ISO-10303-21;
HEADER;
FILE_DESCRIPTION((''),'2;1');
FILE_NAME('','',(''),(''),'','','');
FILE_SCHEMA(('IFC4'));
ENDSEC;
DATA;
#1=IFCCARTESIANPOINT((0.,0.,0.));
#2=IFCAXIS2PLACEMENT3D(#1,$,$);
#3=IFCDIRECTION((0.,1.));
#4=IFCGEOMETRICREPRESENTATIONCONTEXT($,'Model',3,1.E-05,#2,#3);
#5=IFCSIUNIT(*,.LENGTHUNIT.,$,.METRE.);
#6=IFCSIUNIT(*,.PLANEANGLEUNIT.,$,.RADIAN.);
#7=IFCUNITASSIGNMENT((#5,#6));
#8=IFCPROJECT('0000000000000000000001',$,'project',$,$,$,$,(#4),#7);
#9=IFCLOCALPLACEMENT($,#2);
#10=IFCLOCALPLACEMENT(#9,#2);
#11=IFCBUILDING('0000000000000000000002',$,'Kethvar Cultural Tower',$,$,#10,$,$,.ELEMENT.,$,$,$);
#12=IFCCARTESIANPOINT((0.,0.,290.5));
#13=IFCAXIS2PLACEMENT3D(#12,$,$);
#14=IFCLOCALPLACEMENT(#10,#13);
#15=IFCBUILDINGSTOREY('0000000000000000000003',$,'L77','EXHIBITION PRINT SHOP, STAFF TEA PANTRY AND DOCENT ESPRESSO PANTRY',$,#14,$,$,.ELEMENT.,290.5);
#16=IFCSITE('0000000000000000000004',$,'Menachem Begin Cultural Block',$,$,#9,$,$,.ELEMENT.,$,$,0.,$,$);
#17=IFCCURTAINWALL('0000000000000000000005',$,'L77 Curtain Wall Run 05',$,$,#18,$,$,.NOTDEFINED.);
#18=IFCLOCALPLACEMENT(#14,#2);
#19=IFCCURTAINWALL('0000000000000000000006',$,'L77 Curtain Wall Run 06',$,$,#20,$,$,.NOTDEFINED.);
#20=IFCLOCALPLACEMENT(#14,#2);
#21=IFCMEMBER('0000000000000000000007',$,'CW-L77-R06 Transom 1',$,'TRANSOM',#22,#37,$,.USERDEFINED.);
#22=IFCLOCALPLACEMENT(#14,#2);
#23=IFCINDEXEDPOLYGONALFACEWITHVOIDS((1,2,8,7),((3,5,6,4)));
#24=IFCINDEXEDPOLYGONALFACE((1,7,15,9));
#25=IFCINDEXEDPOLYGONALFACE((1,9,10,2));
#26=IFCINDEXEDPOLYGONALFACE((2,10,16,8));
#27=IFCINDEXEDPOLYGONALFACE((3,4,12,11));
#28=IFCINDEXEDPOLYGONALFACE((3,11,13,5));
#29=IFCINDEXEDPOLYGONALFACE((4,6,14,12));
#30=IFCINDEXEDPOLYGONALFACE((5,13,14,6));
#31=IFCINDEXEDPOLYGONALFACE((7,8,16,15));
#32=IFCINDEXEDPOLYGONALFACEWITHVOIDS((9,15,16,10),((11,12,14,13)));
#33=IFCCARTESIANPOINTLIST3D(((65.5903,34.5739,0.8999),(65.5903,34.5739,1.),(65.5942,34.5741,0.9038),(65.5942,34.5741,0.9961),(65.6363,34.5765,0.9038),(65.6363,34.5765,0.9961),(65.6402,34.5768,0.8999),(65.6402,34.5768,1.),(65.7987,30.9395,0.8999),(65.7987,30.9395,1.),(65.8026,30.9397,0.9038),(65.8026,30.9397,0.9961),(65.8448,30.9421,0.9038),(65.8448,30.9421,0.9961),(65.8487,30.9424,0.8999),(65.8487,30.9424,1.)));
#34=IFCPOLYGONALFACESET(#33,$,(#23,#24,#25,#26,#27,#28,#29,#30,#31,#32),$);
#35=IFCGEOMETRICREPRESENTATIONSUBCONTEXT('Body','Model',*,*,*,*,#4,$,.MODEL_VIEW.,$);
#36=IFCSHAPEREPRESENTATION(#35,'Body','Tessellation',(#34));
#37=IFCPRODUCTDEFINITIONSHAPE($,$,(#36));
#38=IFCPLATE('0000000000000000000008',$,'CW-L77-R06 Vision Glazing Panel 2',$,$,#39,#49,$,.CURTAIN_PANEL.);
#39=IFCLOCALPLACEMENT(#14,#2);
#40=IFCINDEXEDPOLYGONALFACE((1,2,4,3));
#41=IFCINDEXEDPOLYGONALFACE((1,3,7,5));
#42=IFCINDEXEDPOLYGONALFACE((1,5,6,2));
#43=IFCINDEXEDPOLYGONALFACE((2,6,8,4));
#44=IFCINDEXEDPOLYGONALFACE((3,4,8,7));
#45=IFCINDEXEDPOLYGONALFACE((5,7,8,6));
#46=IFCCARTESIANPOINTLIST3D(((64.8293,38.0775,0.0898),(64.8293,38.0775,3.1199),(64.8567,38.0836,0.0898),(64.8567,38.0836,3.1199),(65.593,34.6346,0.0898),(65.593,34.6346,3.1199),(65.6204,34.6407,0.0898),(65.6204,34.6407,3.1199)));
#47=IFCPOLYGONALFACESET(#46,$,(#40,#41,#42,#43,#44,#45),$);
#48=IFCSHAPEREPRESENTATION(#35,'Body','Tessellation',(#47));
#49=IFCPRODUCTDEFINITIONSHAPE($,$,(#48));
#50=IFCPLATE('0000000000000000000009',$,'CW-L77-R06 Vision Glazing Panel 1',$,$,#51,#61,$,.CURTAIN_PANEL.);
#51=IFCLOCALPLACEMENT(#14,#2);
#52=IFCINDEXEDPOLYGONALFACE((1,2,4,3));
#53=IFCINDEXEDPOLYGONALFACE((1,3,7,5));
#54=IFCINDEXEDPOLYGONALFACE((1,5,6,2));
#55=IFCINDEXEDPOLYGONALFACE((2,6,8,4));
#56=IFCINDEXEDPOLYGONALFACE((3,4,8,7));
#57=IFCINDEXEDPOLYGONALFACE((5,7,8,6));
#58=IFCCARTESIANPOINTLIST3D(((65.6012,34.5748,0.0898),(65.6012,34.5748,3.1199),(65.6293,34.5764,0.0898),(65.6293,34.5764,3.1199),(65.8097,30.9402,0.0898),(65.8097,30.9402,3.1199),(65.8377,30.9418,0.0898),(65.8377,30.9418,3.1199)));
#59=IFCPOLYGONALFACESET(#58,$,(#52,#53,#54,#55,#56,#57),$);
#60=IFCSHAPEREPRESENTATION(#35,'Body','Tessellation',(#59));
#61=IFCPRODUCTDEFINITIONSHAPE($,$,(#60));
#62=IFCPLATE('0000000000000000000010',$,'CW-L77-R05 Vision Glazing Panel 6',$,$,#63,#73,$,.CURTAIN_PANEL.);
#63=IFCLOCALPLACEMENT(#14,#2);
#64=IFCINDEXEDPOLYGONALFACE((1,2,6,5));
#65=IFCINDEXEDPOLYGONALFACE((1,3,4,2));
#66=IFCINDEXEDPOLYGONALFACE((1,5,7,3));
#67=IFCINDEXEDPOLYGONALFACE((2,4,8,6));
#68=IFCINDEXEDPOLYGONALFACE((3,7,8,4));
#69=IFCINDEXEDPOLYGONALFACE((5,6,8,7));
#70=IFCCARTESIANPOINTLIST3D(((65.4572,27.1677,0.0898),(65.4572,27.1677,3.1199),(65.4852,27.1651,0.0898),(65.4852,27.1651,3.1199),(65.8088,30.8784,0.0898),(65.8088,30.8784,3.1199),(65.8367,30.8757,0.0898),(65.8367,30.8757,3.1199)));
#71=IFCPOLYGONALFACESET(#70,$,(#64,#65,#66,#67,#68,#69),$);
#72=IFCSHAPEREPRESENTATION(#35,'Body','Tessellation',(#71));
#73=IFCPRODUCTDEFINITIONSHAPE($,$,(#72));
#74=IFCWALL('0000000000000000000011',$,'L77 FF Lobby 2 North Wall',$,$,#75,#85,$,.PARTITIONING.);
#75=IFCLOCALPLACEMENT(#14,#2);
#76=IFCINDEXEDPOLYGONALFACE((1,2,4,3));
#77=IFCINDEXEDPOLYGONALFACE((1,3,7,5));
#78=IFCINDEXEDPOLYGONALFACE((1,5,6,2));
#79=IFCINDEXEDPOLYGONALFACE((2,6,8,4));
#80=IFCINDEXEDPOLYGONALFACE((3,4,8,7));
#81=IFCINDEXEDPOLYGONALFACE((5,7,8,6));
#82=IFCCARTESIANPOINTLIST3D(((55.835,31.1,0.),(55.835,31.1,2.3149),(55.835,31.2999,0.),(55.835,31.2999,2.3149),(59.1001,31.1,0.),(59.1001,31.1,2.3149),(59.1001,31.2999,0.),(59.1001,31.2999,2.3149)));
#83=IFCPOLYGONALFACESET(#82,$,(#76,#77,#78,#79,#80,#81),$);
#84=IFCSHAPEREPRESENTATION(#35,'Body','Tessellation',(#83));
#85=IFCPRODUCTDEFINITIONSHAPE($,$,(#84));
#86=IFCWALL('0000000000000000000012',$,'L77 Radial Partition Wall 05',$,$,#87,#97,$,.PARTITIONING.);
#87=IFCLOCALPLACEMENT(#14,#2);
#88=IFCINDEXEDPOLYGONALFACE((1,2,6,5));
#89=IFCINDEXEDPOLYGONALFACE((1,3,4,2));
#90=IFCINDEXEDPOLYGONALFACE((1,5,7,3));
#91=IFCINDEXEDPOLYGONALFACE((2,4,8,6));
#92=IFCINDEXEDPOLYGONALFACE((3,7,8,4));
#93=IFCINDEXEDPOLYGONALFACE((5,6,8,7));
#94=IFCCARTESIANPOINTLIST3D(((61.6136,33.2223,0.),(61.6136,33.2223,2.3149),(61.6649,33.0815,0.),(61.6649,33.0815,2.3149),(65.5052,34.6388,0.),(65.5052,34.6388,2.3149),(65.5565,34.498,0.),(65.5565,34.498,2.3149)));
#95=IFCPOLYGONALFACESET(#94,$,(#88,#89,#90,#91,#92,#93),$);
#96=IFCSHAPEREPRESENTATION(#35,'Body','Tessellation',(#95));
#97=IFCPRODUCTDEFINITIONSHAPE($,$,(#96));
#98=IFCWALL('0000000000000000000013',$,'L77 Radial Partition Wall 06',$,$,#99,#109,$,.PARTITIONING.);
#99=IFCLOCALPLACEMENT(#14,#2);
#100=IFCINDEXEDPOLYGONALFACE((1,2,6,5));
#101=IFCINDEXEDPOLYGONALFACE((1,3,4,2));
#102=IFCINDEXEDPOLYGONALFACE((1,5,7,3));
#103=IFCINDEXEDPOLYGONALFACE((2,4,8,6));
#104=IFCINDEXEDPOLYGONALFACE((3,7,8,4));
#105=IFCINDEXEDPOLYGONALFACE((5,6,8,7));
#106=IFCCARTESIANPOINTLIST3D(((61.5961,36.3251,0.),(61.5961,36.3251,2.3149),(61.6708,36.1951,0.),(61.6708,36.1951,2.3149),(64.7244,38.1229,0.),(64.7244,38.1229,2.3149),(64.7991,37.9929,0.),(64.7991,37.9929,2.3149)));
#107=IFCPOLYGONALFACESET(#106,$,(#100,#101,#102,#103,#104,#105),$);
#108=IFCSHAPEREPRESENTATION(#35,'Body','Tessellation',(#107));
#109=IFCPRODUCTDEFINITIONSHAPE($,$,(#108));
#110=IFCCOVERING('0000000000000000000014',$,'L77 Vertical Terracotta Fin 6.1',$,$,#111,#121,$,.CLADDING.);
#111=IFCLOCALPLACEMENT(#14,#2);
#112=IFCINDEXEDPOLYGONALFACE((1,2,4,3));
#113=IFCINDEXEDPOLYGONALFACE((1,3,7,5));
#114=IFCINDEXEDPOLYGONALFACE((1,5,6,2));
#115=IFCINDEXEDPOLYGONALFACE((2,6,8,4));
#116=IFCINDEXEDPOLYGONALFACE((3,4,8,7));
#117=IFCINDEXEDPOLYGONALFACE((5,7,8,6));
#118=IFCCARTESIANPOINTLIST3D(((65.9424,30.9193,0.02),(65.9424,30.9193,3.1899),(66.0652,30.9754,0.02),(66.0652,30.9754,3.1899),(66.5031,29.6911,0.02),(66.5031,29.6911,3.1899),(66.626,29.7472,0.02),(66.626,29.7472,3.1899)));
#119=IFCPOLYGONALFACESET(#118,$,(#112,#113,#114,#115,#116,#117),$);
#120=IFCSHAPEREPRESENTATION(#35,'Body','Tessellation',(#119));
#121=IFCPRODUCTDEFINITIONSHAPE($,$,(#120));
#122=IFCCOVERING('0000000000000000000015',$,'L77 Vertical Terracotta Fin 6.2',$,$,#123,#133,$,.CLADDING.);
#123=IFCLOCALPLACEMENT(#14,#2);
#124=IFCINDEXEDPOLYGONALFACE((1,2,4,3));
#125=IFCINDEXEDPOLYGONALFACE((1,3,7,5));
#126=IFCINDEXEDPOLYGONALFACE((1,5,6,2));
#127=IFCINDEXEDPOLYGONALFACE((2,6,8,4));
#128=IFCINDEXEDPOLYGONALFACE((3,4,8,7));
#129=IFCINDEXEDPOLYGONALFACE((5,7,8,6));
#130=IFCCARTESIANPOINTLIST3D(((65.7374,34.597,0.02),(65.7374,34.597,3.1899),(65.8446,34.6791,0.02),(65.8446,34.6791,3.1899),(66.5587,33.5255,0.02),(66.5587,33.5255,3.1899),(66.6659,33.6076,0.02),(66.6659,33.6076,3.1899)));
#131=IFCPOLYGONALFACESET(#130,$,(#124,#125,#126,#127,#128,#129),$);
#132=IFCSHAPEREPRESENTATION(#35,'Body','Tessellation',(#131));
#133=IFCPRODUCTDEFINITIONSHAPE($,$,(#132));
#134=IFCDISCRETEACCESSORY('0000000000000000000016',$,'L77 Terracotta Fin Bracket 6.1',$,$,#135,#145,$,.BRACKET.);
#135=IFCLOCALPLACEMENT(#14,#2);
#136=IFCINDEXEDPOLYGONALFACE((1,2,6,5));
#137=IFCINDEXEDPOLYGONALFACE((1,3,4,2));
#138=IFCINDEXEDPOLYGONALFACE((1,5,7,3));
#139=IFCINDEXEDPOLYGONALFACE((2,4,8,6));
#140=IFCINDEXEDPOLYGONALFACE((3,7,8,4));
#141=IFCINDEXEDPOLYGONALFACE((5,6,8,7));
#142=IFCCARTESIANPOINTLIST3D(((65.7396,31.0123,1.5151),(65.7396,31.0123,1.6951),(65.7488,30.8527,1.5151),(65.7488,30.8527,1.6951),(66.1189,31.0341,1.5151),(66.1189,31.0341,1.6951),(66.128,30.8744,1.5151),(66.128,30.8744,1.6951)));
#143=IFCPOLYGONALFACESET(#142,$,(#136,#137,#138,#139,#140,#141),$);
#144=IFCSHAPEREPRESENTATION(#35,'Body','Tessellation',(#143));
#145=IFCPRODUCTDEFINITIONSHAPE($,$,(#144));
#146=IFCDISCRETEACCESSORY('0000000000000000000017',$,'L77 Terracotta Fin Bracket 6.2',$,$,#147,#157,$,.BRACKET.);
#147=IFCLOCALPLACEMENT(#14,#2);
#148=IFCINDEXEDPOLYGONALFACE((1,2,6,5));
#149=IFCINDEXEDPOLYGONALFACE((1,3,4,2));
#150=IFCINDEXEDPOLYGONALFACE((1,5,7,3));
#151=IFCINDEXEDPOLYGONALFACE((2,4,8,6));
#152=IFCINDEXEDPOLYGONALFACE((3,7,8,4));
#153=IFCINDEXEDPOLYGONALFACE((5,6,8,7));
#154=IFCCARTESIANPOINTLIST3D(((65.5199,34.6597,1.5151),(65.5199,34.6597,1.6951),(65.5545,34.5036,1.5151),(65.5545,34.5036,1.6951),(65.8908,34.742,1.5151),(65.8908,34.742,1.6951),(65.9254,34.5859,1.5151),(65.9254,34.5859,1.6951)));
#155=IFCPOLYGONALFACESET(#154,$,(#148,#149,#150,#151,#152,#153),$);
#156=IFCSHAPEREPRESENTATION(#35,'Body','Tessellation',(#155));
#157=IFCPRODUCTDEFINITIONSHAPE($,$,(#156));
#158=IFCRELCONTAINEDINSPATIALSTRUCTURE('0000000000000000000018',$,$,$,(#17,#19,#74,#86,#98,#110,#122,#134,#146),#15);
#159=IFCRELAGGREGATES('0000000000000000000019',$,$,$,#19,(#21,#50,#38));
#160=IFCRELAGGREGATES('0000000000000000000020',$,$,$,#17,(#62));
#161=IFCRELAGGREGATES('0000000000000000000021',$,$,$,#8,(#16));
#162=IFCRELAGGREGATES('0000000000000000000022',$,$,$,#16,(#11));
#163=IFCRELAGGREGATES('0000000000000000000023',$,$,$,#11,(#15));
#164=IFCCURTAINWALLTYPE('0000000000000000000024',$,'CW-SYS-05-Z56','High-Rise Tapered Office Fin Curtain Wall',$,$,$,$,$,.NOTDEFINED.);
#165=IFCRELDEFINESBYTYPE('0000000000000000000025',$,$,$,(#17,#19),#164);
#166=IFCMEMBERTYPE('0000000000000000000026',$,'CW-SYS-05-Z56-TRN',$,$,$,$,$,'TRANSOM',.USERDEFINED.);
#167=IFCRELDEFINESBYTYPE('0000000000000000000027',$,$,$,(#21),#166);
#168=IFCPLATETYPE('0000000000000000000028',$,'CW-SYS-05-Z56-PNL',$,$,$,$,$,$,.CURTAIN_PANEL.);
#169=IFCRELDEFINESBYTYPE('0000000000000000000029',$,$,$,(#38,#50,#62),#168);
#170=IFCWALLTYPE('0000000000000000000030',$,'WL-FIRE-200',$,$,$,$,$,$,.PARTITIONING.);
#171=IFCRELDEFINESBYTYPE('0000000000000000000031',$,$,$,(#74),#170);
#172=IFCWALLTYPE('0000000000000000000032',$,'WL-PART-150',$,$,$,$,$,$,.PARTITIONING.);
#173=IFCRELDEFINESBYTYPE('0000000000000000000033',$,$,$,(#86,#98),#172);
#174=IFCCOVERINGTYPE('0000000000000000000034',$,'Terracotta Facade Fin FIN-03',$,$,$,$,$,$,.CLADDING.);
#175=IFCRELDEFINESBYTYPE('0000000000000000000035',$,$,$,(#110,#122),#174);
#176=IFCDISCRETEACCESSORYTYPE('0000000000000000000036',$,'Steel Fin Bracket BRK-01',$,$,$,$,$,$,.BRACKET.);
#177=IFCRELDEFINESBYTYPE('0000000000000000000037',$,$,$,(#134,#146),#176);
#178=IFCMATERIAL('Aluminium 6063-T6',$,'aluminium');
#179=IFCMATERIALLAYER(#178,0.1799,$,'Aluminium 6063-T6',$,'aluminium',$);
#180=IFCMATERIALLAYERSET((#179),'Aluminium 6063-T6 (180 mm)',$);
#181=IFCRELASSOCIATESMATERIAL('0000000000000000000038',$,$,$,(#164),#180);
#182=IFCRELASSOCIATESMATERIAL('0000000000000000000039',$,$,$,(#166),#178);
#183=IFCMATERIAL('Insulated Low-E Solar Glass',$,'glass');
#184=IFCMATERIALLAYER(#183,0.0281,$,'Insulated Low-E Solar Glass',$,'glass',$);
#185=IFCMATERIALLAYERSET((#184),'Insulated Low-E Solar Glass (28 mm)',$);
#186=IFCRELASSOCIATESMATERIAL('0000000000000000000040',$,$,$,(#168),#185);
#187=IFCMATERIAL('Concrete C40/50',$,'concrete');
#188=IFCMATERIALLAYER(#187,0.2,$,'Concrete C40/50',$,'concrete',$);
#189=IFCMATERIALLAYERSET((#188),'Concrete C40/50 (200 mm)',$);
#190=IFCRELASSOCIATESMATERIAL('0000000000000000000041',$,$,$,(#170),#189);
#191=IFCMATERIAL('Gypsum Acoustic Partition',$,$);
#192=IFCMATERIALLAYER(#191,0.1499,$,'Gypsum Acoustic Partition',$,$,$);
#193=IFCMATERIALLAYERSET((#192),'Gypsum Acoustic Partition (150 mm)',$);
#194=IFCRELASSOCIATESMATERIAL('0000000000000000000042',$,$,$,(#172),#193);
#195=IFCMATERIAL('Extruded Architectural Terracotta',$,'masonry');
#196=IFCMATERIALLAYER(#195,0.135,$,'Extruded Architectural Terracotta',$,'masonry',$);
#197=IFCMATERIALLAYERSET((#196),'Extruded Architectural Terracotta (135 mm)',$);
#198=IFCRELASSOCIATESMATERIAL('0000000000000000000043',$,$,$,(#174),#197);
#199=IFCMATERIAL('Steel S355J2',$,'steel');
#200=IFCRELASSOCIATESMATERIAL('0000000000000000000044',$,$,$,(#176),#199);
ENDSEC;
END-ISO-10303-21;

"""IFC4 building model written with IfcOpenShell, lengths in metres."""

from ifc_helpers import new_model, si_unit, direction, frame, frame_2d, origin, origin_2d, place, context, subcontext, project, spatial, rectangle, hollow_rectangle, extrude, source, transform, mapped, material, layer, layer_set, material_profile, profile_set, type_object, element, aggregate, save


model = new_model("IFC4")

# Units and contexts
model_context = context("Model", 3, precision=1e-05, world=origin(), true_north=direction((0.0, 1.0)))
body_context = subcontext(model_context, "Body", "Model", "MODEL_VIEW")
ifc_project = project(units=[si_unit("LENGTHUNIT", "METRE"), si_unit("PLANEANGLEUNIT", "RADIAN")], contexts=[model_context])

# Site, building, storey
site_placement = place(None, origin())
site = spatial("IfcSite", under=ifc_project, at=site_placement, Name="Menachem Begin Cultural Block", CompositionType="ELEMENT", RefElevation=0.0)
building_placement = place(site_placement, origin())
building = spatial("IfcBuilding", under=site, at=building_placement, Name="Kethvar Cultural Tower", CompositionType="ELEMENT")
storey_placement = place(building_placement, frame((0.0, 0.0, 290.5)))
storey = spatial("IfcBuildingStorey", under=building, at=storey_placement, Name="L77", Description="EXHIBITION PRINT SHOP, STAFF TEA PANTRY AND DOCENT ESPRESSO PANTRY", CompositionType="ELEMENT", Elevation=290.5)

# Shared definitions
ifc_material_1 = material(Name="Steel S355J2", Category="steel")

# Curtain wall
ifc_material_2 = material(Name="Aluminium 6063-T6", Category="aluminium")
ifc_layer_1 = layer(ifc_material_2, 0.1799, Name="Aluminium 6063-T6", Category="aluminium")
ifc_layer_set_1 = layer_set([ifc_layer_1], Name="Aluminium 6063-T6 (180 mm)")
curtain_wall_type = type_object("IfcCurtainWallType", Name="CW-SYS-05-Z56", Description="High-Rise Tapered Office Fin Curtain Wall", PredefinedType="NOTDEFINED", material=ifc_layer_set_1)
curtain_wall_1_placement = place(storey_placement, origin())
curtain_wall_1 = element("IfcCurtainWall", 1, at=curtain_wall_1_placement, inside=storey, type_object=curtain_wall_type, Name="L77 Curtain Wall Run 05", PredefinedType="NOTDEFINED")

# Curtain wall, member, plates
curtain_wall_2_placement = place(storey_placement, origin())
curtain_wall_2 = element("IfcCurtainWall", 2, at=curtain_wall_2_placement, inside=storey, type_object=curtain_wall_type, Name="L77 Curtain Wall Run 06", PredefinedType="NOTDEFINED")
ifc_material_profile_1 = material_profile(ifc_material_2, hollow_rectangle(XDim=0.05, YDim=0.1001, WallThickness=0.0039, at=origin_2d()), Name="Aluminium 6063-T6 — RHS100x50x4")
ifc_profile_set_1 = profile_set([ifc_material_profile_1], Name="Aluminium 6063-T6 — RHS100x50x4")
member_type_1 = type_object("IfcMemberType", Name="CW-SYS-05-Z56-TRN", ElementType="TRANSOM", PredefinedType="USERDEFINED", material=ifc_profile_set_1)
shared_shape_1 = source(origin(), body_context, "Body", "SweptSolid", [
    extrude(hollow_rectangle(XDim=0.05, YDim=0.1001, WallThickness=0.0039, at=origin_2d()), origin(), (0.0, 0.0, 1.0), 3.6404),
])
member_1_placement = place(storey_placement, frame((65.8237, 30.9409, 0.95), z_axis=(-0.057271, 0.998359, 0.0), x_axis=(-0.998359, -0.057271, 0.0)))
member_1 = element("IfcMember", 3, at=member_1_placement, type_object=member_type_1, Name="CW-L77-R06 Transom 1", ObjectType="TRANSOM", PredefinedType="USERDEFINED", context=body_context, shape_type="MappedRepresentation", body=[
    mapped(shared_shape_1, transform((0.0, 0.0, 0.0), scale=1.0)),
])
ifc_material_3 = material(Name="Insulated Low-E Solar Glass", Category="glass")
ifc_layer_2 = layer(ifc_material_3, 0.0281, Name="Insulated Low-E Solar Glass", Category="glass")
ifc_layer_set_2 = layer_set([ifc_layer_2], Name="Insulated Low-E Solar Glass (28 mm)")
plate_type = type_object("IfcPlateType", Name="CW-SYS-05-Z56-PNL", PredefinedType="CURTAIN_PANEL", material=ifc_layer_set_2)
shared_shape_2 = source(origin(), body_context, "Body", "SweptSolid", [
    extrude(rectangle(XDim=3.5266, YDim=0.0281, at=origin_2d()), origin(), (0.0, 0.0, 1.0), 3.03),
])
plate_1_placement = place(storey_placement, frame((65.2249, 36.3591, 0.0898), z_axis=(0.0, 0.0, 1.0), x_axis=(-0.216576, 0.976266, 0.0)))
plate_1 = element("IfcPlate", 4, at=plate_1_placement, type_object=plate_type, Name="CW-L77-R06 Vision Glazing Panel 2", PredefinedType="CURTAIN_PANEL", context=body_context, shape_type="MappedRepresentation", body=[
    mapped(shared_shape_2, transform((0.0, 0.0, 0.0), scale=1.0)),
])
shared_shape_3 = source(origin(), body_context, "Body", "SweptSolid", [
    extrude(rectangle(XDim=3.6406, YDim=0.0281, at=origin_2d()), origin(), (0.0, 0.0, 1.0), 3.03),
])
plate_2_placement = place(storey_placement, frame((65.7195, 32.7583, 0.0898), z_axis=(0.0, 0.0, 1.0), x_axis=(-0.057268, 0.998359, 0.0)))
plate_2 = element("IfcPlate", 5, at=plate_2_placement, type_object=plate_type, Name="CW-L77-R06 Vision Glazing Panel 1", PredefinedType="CURTAIN_PANEL", context=body_context, shape_type="MappedRepresentation", body=[
    mapped(shared_shape_3, transform((0.0, 0.0, 0.0), scale=1.0)),
])
aggregate(curtain_wall_2, [member_1, plate_2, plate_1])

# Plate
shared_shape_4 = source(origin(), body_context, "Body", "SweptSolid", [
    extrude(rectangle(XDim=3.7273, YDim=0.0281, at=origin_2d()), origin(), (0.0, 0.0, 1.0), 3.03),
])
plate_3_placement = place(storey_placement, frame((65.647, 29.0217, 0.0898), z_axis=(0.0, 0.0, 1.0), x_axis=(0.094317, 0.995542, 0.0)))
plate_3 = element("IfcPlate", 6, at=plate_3_placement, type_object=plate_type, Name="CW-L77-R05 Vision Glazing Panel 6", PredefinedType="CURTAIN_PANEL", context=body_context, shape_type="MappedRepresentation", body=[
    mapped(shared_shape_4, transform((0.0, 0.0, 0.0), scale=1.0)),
])
aggregate(curtain_wall_1, [plate_3])

# Walls
ifc_material_4 = material(Name="Concrete C40/50", Category="concrete")
ifc_layer_3 = layer(ifc_material_4, 0.2, Name="Concrete C40/50", Category="concrete")
ifc_layer_set_3 = layer_set([ifc_layer_3], Name="Concrete C40/50 (200 mm)")
wall_type_1 = type_object("IfcWallType", Name="WL-FIRE-200", PredefinedType="PARTITIONING", material=ifc_layer_set_3)
wall_1_placement = place(storey_placement, frame((55.835, 31.2, 0.0), z_axis=(0.0, 0.0, 1.0), x_axis=(1.0, 0.0, 0.0)))
element("IfcWall", 7, at=wall_1_placement, inside=storey, type_object=wall_type_1, Name="L77 FF Lobby 2 North Wall", PredefinedType="PARTITIONING", context=body_context, shape_type="SweptSolid", body=[
    extrude(rectangle(XDim=3.2651, YDim=0.2, at=frame_2d((1.6326, 0.0))), origin(), (0.0, 0.0, 1.0), 2.3149),
])
ifc_material_5 = material(Name="Gypsum Acoustic Partition")
ifc_layer_4 = layer(ifc_material_5, 0.1499, Name="Gypsum Acoustic Partition")
ifc_layer_set_4 = layer_set([ifc_layer_4], Name="Gypsum Acoustic Partition (150 mm)")
wall_type_2 = type_object("IfcWallType", Name="WL-PART-150", PredefinedType="PARTITIONING", material=ifc_layer_set_4)
wall_2_placement = place(storey_placement, frame((61.6392, 33.1519, 0.0), z_axis=(0.0, 0.0, 1.0), x_axis=(0.939687, 0.342037, 0.0)))
element("IfcWall", 8, at=wall_2_placement, inside=storey, type_object=wall_type_2, Name="L77 Radial Partition Wall 05", PredefinedType="PARTITIONING", context=body_context, shape_type="SweptSolid", body=[
    extrude(rectangle(XDim=4.1414, YDim=0.1499, at=frame_2d((2.0708, 0.0))), origin(), (0.0, 0.0, 1.0), 2.3149),
])
wall_3_placement = place(storey_placement, frame((61.6333, 36.26, 0.0), z_axis=(0.0, 0.0, 1.0), x_axis=(0.867025, 0.498265, 0.0)))
element("IfcWall", 9, at=wall_3_placement, inside=storey, type_object=wall_type_2, Name="L77 Radial Partition Wall 06", PredefinedType="PARTITIONING", context=body_context, shape_type="SweptSolid", body=[
    extrude(rectangle(XDim=3.6082, YDim=0.1499, at=frame_2d((1.8042, 0.0))), origin(), (0.0, 0.0, 1.0), 2.3149),
])

# Coverings
ifc_material_6 = material(Name="Extruded Architectural Terracotta", Category="masonry")
ifc_layer_5 = layer(ifc_material_6, 0.135, Name="Extruded Architectural Terracotta", Category="masonry")
ifc_layer_set_5 = layer_set([ifc_layer_5], Name="Extruded Architectural Terracotta (135 mm)")
covering_type = type_object("IfcCoveringType", Name="Terracotta Facade Fin FIN-03", PredefinedType="CLADDING", material=ifc_layer_set_5)
shared_shape_5 = source(origin(), body_context, "Body", "SweptSolid", [
    extrude(rectangle(XDim=1.3501, YDim=0.135, at=origin_2d()), origin(), (0.0, 0.0, 1.0), 3.1699),
])
for number, where, z_axis, x_axis, name in (
    (10, (66.2842, 30.3333, 0.02), (0.0, 0.0, 1.0), (0.415328, -0.909672, 0.0), "L77 Vertical Terracotta Fin 6.1"),
    (11, (66.2017, 34.1023, 0.02), (0.0, 0.0, 1.0), (0.608346, -0.793672, 0.0), "L77 Vertical Terracotta Fin 6.2"),
):
    element("IfcCovering", number, at=place(storey_placement, frame(where, z_axis=z_axis, x_axis=x_axis)), inside=storey, type_object=covering_type, Name=name, PredefinedType="CLADDING", context=body_context, shape_type="MappedRepresentation", body=[
        mapped(shared_shape_5, transform((0.0, 0.0, 0.0), scale=1.0)),
    ])

# Discrete accessories
discrete_accessory_type = type_object("IfcDiscreteAccessoryType", Name="Steel Fin Bracket BRK-01", PredefinedType="BRACKET", material=ifc_material_1)
shared_shape_6 = source(origin(), body_context, "Body", "SweptSolid", [
    extrude(rectangle(XDim=0.3799, YDim=0.1599, at=origin_2d()), origin(), (0.0, 0.0, 1.0), 0.1799),
])
for number, where, z_axis, x_axis, name in (
    (12, (65.9338, 30.9434, 1.5151), (0.0, 0.0, 1.0), (0.998362, 0.057216, 0.0), "L77 Terracotta Fin Bracket 6.1"),
    (13, (65.7227, 34.6228, 1.5151), (0.0, 0.0, 1.0), (0.976258, 0.21661, 0.0), "L77 Terracotta Fin Bracket 6.2"),
):
    element("IfcDiscreteAccessory", number, at=place(storey_placement, frame(where, z_axis=z_axis, x_axis=x_axis)), inside=storey, type_object=discrete_accessory_type, Name=name, PredefinedType="BRACKET", context=body_context, shape_type="MappedRepresentation", body=[
        mapped(shared_shape_6, transform((0.0, 0.0, 0.0), scale=1.0)),
    ])

save(model, "model.ifc")
